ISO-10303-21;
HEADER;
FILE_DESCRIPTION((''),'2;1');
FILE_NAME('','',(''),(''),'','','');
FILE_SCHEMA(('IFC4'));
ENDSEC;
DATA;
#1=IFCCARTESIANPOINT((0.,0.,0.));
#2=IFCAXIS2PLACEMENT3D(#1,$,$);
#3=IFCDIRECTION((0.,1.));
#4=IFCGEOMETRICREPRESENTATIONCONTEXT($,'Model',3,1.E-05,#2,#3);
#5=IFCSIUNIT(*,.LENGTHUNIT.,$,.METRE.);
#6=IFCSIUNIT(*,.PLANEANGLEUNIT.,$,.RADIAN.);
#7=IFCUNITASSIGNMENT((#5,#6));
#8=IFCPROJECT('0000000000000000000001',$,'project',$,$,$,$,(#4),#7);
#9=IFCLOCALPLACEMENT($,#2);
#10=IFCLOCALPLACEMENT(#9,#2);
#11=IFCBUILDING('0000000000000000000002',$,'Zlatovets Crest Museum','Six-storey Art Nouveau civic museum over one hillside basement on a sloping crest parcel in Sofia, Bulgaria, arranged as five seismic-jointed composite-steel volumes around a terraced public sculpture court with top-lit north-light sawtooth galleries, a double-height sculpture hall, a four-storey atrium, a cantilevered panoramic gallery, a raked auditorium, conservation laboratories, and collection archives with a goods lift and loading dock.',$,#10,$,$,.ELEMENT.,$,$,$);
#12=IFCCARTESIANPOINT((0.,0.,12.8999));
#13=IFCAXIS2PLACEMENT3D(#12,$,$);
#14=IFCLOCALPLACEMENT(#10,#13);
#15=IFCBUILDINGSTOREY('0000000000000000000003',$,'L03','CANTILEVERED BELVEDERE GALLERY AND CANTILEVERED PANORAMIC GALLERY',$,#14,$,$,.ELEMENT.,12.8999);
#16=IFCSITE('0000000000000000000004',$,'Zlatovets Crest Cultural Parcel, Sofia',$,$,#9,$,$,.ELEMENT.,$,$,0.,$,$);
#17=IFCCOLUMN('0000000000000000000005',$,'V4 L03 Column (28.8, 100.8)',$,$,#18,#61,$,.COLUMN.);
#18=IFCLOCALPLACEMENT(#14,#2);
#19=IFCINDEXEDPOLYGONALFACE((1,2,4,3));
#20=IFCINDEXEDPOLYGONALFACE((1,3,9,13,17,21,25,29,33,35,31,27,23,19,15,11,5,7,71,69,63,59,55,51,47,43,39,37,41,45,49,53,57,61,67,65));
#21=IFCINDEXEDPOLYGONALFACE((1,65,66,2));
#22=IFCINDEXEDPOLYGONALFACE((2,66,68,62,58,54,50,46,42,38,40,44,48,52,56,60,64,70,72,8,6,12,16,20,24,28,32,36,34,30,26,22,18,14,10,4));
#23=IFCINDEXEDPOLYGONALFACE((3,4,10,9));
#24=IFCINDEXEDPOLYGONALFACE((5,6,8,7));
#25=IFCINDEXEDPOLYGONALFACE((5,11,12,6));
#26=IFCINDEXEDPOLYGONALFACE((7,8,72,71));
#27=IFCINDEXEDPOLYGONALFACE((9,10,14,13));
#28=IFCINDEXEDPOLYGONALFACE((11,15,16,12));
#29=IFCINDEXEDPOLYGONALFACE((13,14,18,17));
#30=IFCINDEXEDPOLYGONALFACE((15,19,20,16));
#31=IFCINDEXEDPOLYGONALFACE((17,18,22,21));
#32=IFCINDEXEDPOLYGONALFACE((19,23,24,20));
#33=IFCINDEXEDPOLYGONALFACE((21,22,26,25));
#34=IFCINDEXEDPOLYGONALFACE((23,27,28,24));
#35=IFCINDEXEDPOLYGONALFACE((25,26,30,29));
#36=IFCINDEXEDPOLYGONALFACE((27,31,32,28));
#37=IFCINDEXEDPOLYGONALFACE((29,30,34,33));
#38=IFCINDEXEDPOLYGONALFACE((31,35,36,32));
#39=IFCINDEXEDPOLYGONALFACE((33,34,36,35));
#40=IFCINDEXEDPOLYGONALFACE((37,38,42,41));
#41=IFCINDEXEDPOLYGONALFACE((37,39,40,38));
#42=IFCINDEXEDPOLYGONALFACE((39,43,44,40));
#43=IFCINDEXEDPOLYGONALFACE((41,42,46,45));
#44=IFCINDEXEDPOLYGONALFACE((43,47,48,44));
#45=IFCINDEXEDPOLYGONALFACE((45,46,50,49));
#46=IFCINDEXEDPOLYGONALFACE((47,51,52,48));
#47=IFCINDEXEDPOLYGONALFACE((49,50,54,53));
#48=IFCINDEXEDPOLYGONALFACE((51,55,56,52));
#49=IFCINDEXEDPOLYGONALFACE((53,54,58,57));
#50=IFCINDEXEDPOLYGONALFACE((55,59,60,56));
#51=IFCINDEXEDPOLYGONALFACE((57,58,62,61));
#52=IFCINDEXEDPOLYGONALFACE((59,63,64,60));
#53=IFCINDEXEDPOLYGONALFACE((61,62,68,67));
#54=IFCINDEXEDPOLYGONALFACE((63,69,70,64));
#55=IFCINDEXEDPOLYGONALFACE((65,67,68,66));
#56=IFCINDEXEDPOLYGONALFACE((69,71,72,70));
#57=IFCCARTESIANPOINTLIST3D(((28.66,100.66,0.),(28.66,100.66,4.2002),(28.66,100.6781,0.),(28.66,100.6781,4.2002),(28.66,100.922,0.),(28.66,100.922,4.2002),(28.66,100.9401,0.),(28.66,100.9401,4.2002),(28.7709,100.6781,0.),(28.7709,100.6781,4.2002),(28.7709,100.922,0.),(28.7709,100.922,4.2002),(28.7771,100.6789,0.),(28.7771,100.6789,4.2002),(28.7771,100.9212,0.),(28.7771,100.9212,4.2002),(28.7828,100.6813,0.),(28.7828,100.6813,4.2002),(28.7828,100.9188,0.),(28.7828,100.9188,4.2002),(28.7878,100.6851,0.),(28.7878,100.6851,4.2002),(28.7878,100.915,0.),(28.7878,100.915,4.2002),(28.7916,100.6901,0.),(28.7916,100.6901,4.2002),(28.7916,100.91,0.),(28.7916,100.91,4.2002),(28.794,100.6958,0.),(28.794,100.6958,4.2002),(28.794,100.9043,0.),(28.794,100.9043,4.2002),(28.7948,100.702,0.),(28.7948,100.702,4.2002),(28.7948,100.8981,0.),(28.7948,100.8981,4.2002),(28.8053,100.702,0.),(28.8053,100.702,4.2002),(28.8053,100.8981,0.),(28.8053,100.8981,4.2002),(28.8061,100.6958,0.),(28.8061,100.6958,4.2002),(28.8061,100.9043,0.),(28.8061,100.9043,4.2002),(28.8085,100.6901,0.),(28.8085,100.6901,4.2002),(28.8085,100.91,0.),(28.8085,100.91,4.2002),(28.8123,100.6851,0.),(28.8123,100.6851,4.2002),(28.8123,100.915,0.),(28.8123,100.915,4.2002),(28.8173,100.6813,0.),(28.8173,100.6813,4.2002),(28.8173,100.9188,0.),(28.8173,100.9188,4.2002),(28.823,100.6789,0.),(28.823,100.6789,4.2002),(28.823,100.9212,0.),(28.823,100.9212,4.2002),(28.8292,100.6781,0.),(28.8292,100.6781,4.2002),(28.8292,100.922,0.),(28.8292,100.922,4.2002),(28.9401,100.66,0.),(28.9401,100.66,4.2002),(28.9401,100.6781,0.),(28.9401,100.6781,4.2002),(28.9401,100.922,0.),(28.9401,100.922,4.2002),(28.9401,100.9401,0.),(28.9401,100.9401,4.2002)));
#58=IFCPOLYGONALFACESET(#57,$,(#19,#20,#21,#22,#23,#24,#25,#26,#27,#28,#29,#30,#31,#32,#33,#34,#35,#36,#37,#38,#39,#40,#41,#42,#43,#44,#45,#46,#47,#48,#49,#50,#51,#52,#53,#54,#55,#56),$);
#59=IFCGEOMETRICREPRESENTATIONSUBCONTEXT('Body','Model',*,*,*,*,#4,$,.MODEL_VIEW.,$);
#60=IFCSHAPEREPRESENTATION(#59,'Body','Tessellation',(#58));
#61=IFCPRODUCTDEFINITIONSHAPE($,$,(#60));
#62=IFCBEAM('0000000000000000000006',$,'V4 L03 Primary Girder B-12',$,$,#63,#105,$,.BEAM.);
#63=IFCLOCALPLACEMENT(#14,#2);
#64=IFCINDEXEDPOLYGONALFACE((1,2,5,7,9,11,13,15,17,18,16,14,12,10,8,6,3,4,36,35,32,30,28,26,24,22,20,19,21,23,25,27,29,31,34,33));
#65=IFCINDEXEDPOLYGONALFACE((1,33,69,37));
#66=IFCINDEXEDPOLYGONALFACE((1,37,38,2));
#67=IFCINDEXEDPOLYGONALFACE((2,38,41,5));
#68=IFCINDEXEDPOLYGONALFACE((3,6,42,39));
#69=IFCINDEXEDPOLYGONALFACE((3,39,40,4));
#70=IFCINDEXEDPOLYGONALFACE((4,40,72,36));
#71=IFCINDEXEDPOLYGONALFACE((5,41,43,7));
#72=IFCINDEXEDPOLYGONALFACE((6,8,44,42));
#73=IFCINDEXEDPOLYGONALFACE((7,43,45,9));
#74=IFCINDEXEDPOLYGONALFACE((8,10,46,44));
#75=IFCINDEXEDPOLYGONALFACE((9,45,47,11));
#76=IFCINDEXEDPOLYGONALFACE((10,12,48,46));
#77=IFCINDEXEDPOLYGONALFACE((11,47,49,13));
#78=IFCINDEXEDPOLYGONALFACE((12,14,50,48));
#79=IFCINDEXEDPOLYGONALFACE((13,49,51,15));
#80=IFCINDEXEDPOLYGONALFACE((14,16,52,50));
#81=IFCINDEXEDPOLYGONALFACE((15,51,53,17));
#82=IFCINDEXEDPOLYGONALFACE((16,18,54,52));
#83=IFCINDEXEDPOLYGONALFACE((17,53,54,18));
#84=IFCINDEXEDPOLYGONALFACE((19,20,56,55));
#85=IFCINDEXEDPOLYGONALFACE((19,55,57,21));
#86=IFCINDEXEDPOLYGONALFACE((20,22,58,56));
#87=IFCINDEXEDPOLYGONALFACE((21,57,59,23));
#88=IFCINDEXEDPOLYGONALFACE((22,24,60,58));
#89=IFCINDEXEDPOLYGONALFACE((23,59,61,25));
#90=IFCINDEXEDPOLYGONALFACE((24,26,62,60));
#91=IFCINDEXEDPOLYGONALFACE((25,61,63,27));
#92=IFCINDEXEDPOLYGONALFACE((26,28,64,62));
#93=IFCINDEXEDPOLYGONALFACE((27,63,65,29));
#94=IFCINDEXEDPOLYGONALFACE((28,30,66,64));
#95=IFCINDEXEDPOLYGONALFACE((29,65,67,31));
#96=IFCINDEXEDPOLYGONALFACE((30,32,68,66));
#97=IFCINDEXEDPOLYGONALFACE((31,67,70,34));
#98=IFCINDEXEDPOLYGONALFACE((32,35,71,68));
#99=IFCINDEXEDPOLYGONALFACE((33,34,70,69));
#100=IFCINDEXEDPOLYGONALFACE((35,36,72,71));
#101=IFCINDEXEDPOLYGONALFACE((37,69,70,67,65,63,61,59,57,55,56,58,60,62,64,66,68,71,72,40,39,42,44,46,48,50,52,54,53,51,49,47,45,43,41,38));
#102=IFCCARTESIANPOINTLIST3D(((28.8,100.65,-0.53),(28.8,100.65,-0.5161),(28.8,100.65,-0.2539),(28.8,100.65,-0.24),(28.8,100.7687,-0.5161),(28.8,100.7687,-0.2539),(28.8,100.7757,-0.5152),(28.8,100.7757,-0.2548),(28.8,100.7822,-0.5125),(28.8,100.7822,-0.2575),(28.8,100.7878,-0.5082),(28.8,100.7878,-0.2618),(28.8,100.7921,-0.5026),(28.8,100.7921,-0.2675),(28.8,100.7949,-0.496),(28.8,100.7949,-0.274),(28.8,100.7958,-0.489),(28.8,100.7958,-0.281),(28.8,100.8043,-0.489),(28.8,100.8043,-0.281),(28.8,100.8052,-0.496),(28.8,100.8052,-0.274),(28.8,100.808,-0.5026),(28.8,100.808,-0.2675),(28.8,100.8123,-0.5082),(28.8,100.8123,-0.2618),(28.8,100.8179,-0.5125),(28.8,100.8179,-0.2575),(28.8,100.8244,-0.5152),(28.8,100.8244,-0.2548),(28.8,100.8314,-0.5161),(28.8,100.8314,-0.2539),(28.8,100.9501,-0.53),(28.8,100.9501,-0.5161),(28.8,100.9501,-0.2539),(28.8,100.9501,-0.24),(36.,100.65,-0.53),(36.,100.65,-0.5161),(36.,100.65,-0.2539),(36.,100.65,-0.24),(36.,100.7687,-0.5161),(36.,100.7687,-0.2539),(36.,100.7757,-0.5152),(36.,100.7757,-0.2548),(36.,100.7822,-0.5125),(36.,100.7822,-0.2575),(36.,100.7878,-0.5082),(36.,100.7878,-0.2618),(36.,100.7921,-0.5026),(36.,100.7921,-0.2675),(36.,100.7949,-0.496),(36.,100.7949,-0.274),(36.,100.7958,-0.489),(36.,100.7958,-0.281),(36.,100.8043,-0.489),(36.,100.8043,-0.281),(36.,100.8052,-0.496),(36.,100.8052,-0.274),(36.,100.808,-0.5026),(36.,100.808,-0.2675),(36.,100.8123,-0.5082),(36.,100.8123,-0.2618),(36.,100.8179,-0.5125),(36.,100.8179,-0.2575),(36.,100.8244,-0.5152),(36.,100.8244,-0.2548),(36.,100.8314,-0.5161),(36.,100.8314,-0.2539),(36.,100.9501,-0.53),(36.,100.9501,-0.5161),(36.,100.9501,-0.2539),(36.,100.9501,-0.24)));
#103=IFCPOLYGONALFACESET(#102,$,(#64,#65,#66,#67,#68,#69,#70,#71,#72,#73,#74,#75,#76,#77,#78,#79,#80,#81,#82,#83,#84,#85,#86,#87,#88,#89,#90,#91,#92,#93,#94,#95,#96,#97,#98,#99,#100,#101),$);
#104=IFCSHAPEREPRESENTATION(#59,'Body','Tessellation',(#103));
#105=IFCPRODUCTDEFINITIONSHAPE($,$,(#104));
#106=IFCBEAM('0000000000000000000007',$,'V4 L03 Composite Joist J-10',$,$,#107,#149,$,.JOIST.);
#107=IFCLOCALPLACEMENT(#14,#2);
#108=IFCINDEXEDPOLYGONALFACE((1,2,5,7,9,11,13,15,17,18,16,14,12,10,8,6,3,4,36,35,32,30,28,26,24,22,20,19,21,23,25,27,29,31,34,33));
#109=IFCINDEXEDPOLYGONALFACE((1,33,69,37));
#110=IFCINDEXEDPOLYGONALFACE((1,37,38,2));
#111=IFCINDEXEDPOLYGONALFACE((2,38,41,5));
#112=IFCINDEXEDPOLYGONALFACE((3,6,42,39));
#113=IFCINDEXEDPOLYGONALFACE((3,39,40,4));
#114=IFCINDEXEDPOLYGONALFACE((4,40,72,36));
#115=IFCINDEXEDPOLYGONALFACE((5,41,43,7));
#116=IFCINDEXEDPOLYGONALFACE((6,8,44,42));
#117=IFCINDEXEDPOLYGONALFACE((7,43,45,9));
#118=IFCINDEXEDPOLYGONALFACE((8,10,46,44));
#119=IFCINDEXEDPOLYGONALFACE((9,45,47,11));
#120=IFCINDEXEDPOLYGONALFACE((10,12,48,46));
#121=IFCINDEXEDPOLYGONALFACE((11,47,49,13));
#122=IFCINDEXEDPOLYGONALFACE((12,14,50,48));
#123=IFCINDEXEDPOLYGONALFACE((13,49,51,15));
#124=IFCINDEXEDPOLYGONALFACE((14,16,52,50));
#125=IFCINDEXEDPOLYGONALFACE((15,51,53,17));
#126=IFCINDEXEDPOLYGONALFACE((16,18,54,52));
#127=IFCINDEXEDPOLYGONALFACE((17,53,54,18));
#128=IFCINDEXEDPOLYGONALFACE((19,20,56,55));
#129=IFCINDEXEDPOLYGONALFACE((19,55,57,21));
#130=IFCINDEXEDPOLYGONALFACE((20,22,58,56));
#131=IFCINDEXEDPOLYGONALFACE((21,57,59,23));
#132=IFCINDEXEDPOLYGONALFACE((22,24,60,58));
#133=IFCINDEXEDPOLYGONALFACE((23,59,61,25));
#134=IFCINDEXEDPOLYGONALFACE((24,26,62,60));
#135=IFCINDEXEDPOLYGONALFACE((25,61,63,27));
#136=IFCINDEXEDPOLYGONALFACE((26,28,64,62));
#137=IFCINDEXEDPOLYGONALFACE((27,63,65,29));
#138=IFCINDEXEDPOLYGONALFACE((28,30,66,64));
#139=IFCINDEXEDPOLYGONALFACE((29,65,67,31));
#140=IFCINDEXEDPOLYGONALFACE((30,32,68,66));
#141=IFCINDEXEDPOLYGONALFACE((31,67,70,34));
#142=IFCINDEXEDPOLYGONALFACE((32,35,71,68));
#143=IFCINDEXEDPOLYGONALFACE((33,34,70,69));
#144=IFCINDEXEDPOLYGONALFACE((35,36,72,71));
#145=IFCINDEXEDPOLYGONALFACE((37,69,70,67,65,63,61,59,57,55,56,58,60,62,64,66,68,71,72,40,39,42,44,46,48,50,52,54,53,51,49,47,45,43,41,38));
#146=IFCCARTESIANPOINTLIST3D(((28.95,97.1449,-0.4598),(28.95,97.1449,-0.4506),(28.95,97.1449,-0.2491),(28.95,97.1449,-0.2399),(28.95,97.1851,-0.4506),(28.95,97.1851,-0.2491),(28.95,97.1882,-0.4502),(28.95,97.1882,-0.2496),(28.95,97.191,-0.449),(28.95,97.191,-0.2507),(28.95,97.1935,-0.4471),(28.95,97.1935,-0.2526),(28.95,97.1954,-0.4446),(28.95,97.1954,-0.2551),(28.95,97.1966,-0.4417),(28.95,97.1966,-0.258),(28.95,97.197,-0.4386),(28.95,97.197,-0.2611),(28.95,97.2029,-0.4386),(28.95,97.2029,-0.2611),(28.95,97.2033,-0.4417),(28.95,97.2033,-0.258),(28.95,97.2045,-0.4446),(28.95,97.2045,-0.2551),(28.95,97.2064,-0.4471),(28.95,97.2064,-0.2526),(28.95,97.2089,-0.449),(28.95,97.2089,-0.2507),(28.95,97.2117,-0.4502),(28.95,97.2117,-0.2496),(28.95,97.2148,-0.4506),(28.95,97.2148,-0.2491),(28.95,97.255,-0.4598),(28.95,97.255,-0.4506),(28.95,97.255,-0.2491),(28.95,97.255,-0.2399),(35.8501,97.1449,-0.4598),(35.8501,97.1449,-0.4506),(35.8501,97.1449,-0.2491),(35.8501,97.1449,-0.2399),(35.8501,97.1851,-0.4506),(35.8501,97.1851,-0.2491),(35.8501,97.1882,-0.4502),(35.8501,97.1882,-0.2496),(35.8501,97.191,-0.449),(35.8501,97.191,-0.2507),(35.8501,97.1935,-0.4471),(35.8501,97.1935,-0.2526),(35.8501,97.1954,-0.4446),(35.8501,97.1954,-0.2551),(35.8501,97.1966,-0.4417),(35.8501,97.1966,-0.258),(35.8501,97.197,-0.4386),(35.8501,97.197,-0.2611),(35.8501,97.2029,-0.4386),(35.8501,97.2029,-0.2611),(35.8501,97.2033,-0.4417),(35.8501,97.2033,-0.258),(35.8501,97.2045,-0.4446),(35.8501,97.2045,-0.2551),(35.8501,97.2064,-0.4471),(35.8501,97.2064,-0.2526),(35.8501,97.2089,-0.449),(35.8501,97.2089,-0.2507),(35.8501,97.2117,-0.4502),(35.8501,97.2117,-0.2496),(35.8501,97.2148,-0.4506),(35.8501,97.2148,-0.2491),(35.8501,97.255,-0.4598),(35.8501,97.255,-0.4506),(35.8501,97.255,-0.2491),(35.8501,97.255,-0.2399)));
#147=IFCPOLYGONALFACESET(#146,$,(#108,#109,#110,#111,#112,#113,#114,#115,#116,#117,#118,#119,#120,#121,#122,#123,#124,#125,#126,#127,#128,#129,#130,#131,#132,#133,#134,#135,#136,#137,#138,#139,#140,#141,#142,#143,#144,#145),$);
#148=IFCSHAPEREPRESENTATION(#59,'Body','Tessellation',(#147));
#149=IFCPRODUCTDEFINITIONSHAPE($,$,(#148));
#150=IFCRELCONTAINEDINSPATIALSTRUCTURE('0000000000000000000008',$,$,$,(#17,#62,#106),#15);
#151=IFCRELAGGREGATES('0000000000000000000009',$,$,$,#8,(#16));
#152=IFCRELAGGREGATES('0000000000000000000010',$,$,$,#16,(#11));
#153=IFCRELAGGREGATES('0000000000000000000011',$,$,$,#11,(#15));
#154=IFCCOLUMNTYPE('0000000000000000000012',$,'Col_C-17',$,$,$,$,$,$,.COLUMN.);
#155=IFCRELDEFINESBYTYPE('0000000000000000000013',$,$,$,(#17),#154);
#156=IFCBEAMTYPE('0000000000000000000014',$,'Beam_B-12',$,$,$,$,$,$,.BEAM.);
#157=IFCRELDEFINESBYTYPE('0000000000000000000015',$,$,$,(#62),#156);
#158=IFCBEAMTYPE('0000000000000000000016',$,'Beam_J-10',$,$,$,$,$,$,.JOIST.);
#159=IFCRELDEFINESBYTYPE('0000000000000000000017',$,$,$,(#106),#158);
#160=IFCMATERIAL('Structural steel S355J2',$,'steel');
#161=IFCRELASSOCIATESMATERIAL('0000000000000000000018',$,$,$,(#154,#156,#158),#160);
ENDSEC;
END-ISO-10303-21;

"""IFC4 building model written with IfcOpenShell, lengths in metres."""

from ifc_helpers import new_model, si_unit, direction, frame, origin, origin_2d, place, context, subcontext, project, spatial, i_section, extrude, material, material_profile, profile_set, type_object, element, save


model = new_model("IFC4")

# Units and contexts
model_context = context("Model", 3, precision=1e-05, world=origin(), true_north=direction((0.0, 1.0)))
body_context = subcontext(model_context, "Body", "Model", "MODEL_VIEW")
ifc_project = project(units=[si_unit("LENGTHUNIT", "METRE"), si_unit("PLANEANGLEUNIT", "RADIAN")], contexts=[model_context])

# Site, building, storey
site_placement = place(None, origin())
site = spatial("IfcSite", under=ifc_project, at=site_placement, Name="Zlatovets Crest Cultural Parcel, Sofia", CompositionType="ELEMENT", RefElevation=0.0)
building_placement = place(site_placement, origin())
building = spatial("IfcBuilding", under=site, at=building_placement, Name="Zlatovets Crest Museum", Description="Six-storey Art Nouveau civic museum over one hillside basement on a sloping crest parcel in Sofia, Bulgaria, arranged as five seismic-jointed composite-steel volumes around a terraced public sculpture court with top-lit north-light sawtooth galleries, a double-height sculpture hall, a four-storey atrium, a cantilevered panoramic gallery, a raked auditorium, conservation laboratories, and collection archives with a goods lift and loading dock.", CompositionType="ELEMENT")
storey_placement = place(building_placement, frame((0.0, 0.0, 12.8999)))
storey = spatial("IfcBuildingStorey", under=building, at=storey_placement, Name="L03", Description="CANTILEVERED BELVEDERE GALLERY AND CANTILEVERED PANORAMIC GALLERY", CompositionType="ELEMENT", Elevation=12.8999)

# Column
ifc_material_1 = material(Name="Structural steel S355J2", Category="steel")
ifc_material_profile_1 = material_profile(ifc_material_1, i_section(OverallWidth=0.28, OverallDepth=0.28, WebThickness=0.0105, FlangeThickness=0.0181, FilletRadius=0.0239, at=origin_2d()), Name="HEB 280")
ifc_profile_set_1 = profile_set([ifc_material_profile_1], Name="Structural steel S355J2")
column_type = type_object("IfcColumnType", Name="Col_C-17", PredefinedType="COLUMN", material=ifc_profile_set_1)
column_placement = place(storey_placement, frame((28.8, 100.8, 0.0), z_axis=(0.0, 0.0, 1.0), x_axis=(1.0, 0.0, 0.0)))
element("IfcColumn", 1, at=column_placement, inside=storey, type_object=column_type, Name="V4 L03 Column (28.8, 100.8)", PredefinedType="COLUMN", context=body_context, shape_type="SweptSolid", body=[
    extrude(i_section(OverallWidth=0.28, OverallDepth=0.28, WebThickness=0.0105, FlangeThickness=0.0181, FilletRadius=0.0239, at=origin_2d()), origin(), (0.0, 0.0, 1.0), 4.2002),
])

# Beams
ifc_material_profile_2 = material_profile(ifc_material_1, i_section(OverallWidth=0.3, OverallDepth=0.29, WebThickness=0.0085, FlangeThickness=0.0139, FilletRadius=0.0271, at=origin_2d()), Name="HEA 300")
ifc_profile_set_2 = profile_set([ifc_material_profile_2], Name="Structural steel S355J2")
beam_type_1 = type_object("IfcBeamType", Name="Beam_B-12", PredefinedType="BEAM", material=ifc_profile_set_2)
beam_1_placement = place(storey_placement, frame((28.8, 100.8, -0.385), z_axis=(1.0, 0.0, 0.0), x_axis=(0.0, 1.0, 0.0)))
element("IfcBeam", 2, at=beam_1_placement, inside=storey, type_object=beam_type_1, Name="V4 L03 Primary Girder B-12", PredefinedType="BEAM", context=body_context, shape_type="SweptSolid", body=[
    extrude(i_section(OverallWidth=0.3, OverallDepth=0.29, WebThickness=0.0085, FlangeThickness=0.0139, FilletRadius=0.0271, at=origin_2d()), origin(), (0.0, 0.0, 1.0), 7.2),
])
ifc_material_profile_3 = material_profile(ifc_material_1, i_section(OverallWidth=0.1101, OverallDepth=0.22, WebThickness=0.0059, FlangeThickness=0.0093, FilletRadius=0.012, at=origin_2d()), Name="IPE 220")
ifc_profile_set_3 = profile_set([ifc_material_profile_3], Name="Structural steel S355J2")
beam_type_2 = type_object("IfcBeamType", Name="Beam_J-10", PredefinedType="JOIST", material=ifc_profile_set_3)
beam_2_placement = place(storey_placement, frame((28.95, 97.2, -0.3499), z_axis=(1.0, 0.0, 0.0), x_axis=(0.0, 1.0, 0.0)))
element("IfcBeam", 3, at=beam_2_placement, inside=storey, type_object=beam_type_2, Name="V4 L03 Composite Joist J-10", PredefinedType="JOIST", context=body_context, shape_type="SweptSolid", body=[
    extrude(i_section(OverallWidth=0.1101, OverallDepth=0.22, WebThickness=0.0059, FlangeThickness=0.0093, FilletRadius=0.012, at=origin_2d()), origin(), (0.0, 0.0, 1.0), 6.9001),
])

save(model, "model.ifc")
